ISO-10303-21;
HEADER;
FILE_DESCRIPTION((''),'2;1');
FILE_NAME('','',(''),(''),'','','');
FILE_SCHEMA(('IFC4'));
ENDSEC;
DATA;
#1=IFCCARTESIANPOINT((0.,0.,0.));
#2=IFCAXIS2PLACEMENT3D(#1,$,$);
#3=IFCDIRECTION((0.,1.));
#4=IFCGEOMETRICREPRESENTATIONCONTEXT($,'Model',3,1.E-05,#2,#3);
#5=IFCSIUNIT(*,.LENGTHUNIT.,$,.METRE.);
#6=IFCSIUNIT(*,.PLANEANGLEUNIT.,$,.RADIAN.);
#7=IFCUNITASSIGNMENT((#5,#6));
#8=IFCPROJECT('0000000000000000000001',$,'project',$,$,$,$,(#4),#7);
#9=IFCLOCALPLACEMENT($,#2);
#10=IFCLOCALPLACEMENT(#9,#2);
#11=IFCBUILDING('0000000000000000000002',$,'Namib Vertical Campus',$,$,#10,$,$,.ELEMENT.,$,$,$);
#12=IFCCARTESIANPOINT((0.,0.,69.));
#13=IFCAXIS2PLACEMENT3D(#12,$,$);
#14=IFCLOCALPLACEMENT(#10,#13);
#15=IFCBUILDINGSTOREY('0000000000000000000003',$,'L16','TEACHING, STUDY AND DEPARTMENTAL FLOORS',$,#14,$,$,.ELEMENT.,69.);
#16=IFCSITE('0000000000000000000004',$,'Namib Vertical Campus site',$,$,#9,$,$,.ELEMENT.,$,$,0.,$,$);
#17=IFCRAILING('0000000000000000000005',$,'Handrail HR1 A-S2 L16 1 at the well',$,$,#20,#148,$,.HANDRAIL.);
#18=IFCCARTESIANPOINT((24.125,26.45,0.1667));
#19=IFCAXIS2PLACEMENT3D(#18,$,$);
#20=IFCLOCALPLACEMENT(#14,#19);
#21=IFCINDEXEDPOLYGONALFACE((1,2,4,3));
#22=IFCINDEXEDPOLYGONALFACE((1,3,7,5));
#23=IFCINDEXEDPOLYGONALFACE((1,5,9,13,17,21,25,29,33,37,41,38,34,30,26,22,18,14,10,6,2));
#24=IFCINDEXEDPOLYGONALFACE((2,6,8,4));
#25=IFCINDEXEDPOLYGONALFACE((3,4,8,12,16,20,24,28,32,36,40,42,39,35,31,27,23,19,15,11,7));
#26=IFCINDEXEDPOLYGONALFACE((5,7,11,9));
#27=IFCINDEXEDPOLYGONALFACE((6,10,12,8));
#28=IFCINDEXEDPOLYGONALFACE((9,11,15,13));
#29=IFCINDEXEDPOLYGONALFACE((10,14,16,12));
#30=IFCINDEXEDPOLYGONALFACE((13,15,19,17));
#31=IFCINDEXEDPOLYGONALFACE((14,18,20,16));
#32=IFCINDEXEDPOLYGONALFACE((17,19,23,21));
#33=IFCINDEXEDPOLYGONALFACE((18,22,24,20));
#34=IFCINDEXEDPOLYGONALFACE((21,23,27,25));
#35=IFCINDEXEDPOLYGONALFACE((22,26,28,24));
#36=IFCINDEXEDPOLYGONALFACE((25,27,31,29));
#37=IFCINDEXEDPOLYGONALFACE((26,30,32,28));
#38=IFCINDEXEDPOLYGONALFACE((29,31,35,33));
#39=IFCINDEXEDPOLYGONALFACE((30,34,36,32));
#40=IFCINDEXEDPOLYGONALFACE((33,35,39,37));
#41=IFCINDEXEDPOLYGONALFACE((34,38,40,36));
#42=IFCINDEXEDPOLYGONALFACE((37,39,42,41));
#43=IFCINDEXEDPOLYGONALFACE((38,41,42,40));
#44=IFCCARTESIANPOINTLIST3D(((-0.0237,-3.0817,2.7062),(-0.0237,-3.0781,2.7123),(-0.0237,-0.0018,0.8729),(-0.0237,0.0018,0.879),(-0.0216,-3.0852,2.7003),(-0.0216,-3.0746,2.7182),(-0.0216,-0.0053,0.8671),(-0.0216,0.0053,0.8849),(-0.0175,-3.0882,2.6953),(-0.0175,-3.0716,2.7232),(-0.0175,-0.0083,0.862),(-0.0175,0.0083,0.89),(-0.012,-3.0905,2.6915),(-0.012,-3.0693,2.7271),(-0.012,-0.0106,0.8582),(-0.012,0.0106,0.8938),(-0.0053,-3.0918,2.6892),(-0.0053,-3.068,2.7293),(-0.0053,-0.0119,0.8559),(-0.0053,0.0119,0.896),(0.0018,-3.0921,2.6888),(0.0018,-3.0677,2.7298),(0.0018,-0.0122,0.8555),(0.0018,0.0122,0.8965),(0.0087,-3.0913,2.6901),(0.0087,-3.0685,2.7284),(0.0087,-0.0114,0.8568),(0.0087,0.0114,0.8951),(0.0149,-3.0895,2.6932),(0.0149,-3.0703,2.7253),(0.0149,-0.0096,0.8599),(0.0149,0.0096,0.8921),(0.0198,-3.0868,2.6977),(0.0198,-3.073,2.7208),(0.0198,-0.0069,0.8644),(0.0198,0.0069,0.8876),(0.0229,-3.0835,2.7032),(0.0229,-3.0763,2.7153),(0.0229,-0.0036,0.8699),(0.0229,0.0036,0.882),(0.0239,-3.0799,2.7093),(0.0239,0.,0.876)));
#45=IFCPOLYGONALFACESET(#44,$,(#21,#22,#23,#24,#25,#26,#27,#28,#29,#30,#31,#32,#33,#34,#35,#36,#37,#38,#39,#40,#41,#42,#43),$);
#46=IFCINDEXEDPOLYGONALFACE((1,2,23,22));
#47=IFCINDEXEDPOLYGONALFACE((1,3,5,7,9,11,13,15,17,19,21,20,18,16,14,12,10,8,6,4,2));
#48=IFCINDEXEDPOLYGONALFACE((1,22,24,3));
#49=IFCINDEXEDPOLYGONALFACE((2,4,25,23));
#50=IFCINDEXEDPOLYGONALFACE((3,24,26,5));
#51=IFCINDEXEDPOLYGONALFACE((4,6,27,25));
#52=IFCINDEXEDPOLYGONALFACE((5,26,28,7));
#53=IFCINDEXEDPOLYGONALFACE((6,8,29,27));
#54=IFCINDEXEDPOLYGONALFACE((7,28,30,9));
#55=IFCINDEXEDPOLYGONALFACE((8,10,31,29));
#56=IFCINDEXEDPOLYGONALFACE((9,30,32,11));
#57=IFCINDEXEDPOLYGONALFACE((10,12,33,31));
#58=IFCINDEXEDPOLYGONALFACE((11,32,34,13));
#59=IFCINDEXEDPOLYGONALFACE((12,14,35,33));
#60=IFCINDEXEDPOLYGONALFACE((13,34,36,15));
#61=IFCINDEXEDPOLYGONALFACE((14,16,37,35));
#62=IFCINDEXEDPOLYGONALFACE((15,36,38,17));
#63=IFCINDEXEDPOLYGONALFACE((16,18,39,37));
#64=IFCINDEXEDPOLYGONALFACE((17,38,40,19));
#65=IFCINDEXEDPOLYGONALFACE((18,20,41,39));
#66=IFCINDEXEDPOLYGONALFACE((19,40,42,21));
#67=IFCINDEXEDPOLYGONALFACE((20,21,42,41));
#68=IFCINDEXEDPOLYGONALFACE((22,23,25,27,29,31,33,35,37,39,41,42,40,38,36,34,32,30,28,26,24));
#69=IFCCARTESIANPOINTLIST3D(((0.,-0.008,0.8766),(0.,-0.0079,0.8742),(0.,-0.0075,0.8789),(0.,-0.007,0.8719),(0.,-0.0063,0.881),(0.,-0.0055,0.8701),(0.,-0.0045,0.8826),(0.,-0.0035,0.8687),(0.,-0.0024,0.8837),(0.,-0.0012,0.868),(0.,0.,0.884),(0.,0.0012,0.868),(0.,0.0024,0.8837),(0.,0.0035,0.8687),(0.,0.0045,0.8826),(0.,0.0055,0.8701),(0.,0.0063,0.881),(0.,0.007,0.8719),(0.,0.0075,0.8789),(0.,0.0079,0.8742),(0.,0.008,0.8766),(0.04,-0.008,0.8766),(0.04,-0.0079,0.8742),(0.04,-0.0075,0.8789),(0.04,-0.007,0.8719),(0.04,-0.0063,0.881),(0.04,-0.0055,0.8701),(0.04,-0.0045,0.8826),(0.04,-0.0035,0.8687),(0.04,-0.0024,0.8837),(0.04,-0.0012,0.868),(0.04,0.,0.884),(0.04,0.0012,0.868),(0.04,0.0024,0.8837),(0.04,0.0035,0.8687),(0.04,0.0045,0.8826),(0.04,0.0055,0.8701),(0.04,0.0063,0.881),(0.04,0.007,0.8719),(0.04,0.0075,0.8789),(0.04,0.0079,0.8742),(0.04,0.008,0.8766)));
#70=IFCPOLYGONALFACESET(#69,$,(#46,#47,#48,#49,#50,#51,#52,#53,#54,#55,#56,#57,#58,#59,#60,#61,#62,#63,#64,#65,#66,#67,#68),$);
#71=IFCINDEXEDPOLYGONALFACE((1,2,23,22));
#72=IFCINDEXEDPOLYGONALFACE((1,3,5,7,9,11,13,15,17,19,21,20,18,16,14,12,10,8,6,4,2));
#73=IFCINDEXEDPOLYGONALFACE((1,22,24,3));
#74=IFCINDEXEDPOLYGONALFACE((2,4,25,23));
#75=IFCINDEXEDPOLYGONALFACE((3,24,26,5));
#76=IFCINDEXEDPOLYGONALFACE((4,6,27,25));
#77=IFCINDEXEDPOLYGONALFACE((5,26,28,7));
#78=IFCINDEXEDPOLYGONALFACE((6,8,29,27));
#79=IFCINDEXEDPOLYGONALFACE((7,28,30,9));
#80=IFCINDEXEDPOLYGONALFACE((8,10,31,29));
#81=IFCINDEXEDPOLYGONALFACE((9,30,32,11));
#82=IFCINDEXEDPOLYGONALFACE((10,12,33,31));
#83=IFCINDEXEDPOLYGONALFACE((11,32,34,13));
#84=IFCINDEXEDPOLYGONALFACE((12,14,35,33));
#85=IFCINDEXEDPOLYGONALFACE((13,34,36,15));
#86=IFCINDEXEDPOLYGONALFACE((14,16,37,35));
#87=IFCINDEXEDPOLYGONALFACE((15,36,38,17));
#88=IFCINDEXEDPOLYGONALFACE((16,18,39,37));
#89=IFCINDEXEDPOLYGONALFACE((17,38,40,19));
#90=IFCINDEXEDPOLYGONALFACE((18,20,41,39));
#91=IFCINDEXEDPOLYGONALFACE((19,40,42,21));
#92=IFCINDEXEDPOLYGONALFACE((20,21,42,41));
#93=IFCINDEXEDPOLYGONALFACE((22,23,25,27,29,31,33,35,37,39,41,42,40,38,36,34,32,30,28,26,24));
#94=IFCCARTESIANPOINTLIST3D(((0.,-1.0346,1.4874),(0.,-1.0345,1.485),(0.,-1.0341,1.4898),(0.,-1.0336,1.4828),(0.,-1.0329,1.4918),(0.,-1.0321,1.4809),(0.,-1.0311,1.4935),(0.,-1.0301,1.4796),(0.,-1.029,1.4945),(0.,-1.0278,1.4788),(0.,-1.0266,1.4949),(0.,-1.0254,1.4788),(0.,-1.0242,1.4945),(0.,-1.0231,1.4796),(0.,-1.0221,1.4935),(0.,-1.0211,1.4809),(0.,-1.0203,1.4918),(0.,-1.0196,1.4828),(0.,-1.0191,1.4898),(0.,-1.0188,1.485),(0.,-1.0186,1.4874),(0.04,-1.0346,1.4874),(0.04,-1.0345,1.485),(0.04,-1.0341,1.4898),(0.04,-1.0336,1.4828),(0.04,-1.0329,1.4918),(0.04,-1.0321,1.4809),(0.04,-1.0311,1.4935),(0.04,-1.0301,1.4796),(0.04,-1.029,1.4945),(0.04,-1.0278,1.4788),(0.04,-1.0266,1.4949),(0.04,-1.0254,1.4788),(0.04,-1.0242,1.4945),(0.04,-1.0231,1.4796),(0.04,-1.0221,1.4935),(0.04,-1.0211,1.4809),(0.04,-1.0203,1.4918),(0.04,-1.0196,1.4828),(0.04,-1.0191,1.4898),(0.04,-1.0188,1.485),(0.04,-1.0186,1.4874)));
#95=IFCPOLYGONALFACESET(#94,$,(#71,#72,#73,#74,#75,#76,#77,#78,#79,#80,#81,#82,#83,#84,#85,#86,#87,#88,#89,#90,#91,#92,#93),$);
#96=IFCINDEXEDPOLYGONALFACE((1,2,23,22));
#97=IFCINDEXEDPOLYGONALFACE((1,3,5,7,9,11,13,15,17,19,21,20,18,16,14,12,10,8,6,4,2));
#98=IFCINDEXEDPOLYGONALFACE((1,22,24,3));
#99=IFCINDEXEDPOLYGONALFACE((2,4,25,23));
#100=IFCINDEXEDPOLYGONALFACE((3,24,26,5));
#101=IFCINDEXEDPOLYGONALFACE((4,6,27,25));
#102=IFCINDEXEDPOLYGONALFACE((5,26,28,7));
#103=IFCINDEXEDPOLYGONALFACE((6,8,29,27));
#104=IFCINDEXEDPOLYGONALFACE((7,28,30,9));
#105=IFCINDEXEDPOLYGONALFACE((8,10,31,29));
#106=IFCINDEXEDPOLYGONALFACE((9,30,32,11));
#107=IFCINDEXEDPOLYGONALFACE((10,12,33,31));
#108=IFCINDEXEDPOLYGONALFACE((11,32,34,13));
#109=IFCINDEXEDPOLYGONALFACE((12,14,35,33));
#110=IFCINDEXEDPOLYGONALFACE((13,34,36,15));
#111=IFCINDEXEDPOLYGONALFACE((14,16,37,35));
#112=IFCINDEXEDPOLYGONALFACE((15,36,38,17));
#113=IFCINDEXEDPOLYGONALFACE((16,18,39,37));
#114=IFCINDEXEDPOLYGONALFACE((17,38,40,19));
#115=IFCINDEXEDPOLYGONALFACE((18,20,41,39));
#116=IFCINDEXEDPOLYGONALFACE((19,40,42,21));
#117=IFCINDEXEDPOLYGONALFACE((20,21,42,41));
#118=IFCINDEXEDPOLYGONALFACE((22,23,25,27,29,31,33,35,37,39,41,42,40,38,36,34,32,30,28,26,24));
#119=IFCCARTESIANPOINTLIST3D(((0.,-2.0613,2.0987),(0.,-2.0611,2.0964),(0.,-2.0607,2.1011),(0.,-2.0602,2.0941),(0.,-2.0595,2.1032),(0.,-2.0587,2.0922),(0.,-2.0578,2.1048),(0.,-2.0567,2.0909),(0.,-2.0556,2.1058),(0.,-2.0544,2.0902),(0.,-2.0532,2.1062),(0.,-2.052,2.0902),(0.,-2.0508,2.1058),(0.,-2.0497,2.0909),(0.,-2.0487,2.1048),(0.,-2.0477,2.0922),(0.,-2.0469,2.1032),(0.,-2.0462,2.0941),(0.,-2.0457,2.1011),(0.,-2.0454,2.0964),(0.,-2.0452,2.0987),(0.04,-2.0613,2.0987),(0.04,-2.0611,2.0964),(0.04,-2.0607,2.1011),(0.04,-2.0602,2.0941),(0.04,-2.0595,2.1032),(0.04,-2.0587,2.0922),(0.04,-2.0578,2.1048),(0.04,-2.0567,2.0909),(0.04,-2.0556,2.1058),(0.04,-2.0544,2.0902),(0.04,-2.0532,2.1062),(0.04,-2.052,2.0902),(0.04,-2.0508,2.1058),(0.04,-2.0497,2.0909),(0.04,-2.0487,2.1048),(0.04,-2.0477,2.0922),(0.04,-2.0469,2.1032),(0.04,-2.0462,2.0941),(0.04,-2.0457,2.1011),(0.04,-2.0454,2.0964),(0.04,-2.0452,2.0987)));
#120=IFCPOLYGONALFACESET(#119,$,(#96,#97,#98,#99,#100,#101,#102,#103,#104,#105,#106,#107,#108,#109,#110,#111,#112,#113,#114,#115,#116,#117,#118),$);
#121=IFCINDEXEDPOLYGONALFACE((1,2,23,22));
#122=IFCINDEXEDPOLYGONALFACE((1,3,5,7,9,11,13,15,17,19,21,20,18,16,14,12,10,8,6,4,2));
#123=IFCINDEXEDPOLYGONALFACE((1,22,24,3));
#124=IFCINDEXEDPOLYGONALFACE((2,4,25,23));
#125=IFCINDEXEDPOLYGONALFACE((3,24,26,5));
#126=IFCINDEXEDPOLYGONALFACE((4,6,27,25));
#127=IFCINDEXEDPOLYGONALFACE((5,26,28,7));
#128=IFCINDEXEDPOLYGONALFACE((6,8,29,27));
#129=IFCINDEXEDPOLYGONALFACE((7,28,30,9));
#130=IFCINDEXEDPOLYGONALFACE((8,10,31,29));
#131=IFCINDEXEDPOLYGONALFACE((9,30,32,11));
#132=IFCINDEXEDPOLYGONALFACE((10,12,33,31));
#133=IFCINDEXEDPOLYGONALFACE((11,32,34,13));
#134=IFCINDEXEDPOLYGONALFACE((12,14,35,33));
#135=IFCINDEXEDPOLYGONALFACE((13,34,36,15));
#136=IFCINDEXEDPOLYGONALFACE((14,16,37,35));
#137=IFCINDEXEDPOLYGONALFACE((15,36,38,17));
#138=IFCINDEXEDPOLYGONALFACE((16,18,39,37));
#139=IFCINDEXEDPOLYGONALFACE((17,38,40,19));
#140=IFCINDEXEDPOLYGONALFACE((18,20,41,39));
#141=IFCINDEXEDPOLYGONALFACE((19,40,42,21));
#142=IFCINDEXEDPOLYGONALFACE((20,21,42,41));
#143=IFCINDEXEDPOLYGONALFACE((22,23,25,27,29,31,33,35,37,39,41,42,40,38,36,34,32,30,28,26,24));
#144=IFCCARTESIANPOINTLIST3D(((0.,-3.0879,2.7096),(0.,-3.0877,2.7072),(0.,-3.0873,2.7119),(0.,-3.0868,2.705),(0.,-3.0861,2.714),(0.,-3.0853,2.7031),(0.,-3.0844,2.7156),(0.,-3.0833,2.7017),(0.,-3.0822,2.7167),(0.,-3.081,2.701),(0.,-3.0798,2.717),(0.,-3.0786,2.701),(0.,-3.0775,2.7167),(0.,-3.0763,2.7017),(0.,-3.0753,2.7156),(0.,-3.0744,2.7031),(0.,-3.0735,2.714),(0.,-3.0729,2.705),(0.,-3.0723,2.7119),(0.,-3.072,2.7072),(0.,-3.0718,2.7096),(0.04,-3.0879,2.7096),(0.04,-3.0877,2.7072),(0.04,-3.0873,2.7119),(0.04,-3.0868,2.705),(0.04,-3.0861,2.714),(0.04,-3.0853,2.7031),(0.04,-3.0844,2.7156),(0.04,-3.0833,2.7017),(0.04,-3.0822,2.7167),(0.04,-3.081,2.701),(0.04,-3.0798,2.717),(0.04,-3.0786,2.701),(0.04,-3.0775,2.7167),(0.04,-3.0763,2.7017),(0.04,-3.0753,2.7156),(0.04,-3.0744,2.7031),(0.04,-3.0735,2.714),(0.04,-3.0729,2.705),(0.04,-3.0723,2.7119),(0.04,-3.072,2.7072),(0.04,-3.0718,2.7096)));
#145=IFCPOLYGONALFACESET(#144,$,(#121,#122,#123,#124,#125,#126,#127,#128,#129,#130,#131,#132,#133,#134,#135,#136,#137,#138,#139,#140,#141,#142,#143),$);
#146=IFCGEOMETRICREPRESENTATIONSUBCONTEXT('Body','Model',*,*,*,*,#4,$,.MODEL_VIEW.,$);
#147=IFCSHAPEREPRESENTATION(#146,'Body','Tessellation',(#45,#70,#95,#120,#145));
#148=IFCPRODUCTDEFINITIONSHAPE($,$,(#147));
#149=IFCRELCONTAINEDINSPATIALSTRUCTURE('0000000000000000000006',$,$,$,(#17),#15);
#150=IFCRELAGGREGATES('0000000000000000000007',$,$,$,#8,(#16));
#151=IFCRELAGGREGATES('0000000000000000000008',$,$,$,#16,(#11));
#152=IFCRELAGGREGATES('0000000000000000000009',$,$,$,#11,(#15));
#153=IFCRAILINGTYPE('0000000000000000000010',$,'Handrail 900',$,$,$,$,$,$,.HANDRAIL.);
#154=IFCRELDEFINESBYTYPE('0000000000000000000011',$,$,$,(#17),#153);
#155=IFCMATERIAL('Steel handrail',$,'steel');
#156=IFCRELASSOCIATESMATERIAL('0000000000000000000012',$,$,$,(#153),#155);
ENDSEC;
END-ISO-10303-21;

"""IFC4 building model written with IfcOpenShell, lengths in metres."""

from ifc_helpers import new_model, si_unit, direction, frame, origin, origin_2d, place, context, subcontext, project, spatial, circle, extrude, material, type_object, element, save


model = new_model("IFC4")

# Units and contexts
model_context = context("Model", 3, precision=1e-05, world=origin(), true_north=direction((0.0, 1.0)))
body_context = subcontext(model_context, "Body", "Model", "MODEL_VIEW")
ifc_project = project(units=[si_unit("LENGTHUNIT", "METRE"), si_unit("PLANEANGLEUNIT", "RADIAN")], contexts=[model_context])

# Site, building, storey
site_placement = place(None, origin())
site = spatial("IfcSite", under=ifc_project, at=site_placement, Name="Namib Vertical Campus site", CompositionType="ELEMENT", RefElevation=0.0)
building_placement = place(site_placement, origin())
building = spatial("IfcBuilding", under=site, at=building_placement, Name="Namib Vertical Campus", CompositionType="ELEMENT")
storey_placement = place(building_placement, frame((0.0, 0.0, 69.0)))
storey = spatial("IfcBuildingStorey", under=building, at=storey_placement, Name="L16", Description="TEACHING, STUDY AND DEPARTMENTAL FLOORS", CompositionType="ELEMENT", Elevation=69.0)

# Railing
ifc_material_1 = material(Name="Steel handrail", Category="steel")
railing_type_1 = type_object("IfcRailingType", Name="Handrail 900", PredefinedType="HANDRAIL", material=ifc_material_1)
railing_1_placement = place(storey_placement, frame((24.125, 26.45, 0.1667)))
element("IfcRailing", 1, at=railing_1_placement, inside=storey, type_object=railing_type_1, Name="Handrail HR1 A-S2 L16 1 at the well", PredefinedType="HANDRAIL", context=body_context, shape_type="SweptSolid", body=[
    extrude(circle(Radius=0.0239, at=origin_2d()), frame((0.0, 0.0, 0.876), z_axis=(0.0, -0.859291, 0.511487), x_axis=(1.0, 0.0, 0.0)), (0.0, 0.0, 1.0), 3.5842),
    extrude(circle(Radius=0.0081, at=origin_2d()), frame((0.0, 0.0, 0.876), z_axis=(1.0, 0.0, 0.0), x_axis=(0.0, 0.0, 1.0)), (0.0, 0.0, 1.0), 0.04),
    extrude(circle(Radius=0.0081, at=origin_2d()), frame((0.0, -1.0266, 1.4868), z_axis=(1.0, 0.0, 0.0), x_axis=(0.0, 0.0, 1.0)), (0.0, 0.0, 1.0), 0.04),
    extrude(circle(Radius=0.0081, at=origin_2d()), frame((0.0, -2.0532, 2.0981), z_axis=(1.0, 0.0, 0.0), x_axis=(0.0, 0.0, 1.0)), (0.0, 0.0, 1.0), 0.04),
    extrude(circle(Radius=0.0081, at=origin_2d()), frame((0.0, -3.0798, 2.709), z_axis=(1.0, 0.0, 0.0), x_axis=(0.0, 0.0, 1.0)), (0.0, 0.0, 1.0), 0.04),
])

save(model, "model.ifc")
